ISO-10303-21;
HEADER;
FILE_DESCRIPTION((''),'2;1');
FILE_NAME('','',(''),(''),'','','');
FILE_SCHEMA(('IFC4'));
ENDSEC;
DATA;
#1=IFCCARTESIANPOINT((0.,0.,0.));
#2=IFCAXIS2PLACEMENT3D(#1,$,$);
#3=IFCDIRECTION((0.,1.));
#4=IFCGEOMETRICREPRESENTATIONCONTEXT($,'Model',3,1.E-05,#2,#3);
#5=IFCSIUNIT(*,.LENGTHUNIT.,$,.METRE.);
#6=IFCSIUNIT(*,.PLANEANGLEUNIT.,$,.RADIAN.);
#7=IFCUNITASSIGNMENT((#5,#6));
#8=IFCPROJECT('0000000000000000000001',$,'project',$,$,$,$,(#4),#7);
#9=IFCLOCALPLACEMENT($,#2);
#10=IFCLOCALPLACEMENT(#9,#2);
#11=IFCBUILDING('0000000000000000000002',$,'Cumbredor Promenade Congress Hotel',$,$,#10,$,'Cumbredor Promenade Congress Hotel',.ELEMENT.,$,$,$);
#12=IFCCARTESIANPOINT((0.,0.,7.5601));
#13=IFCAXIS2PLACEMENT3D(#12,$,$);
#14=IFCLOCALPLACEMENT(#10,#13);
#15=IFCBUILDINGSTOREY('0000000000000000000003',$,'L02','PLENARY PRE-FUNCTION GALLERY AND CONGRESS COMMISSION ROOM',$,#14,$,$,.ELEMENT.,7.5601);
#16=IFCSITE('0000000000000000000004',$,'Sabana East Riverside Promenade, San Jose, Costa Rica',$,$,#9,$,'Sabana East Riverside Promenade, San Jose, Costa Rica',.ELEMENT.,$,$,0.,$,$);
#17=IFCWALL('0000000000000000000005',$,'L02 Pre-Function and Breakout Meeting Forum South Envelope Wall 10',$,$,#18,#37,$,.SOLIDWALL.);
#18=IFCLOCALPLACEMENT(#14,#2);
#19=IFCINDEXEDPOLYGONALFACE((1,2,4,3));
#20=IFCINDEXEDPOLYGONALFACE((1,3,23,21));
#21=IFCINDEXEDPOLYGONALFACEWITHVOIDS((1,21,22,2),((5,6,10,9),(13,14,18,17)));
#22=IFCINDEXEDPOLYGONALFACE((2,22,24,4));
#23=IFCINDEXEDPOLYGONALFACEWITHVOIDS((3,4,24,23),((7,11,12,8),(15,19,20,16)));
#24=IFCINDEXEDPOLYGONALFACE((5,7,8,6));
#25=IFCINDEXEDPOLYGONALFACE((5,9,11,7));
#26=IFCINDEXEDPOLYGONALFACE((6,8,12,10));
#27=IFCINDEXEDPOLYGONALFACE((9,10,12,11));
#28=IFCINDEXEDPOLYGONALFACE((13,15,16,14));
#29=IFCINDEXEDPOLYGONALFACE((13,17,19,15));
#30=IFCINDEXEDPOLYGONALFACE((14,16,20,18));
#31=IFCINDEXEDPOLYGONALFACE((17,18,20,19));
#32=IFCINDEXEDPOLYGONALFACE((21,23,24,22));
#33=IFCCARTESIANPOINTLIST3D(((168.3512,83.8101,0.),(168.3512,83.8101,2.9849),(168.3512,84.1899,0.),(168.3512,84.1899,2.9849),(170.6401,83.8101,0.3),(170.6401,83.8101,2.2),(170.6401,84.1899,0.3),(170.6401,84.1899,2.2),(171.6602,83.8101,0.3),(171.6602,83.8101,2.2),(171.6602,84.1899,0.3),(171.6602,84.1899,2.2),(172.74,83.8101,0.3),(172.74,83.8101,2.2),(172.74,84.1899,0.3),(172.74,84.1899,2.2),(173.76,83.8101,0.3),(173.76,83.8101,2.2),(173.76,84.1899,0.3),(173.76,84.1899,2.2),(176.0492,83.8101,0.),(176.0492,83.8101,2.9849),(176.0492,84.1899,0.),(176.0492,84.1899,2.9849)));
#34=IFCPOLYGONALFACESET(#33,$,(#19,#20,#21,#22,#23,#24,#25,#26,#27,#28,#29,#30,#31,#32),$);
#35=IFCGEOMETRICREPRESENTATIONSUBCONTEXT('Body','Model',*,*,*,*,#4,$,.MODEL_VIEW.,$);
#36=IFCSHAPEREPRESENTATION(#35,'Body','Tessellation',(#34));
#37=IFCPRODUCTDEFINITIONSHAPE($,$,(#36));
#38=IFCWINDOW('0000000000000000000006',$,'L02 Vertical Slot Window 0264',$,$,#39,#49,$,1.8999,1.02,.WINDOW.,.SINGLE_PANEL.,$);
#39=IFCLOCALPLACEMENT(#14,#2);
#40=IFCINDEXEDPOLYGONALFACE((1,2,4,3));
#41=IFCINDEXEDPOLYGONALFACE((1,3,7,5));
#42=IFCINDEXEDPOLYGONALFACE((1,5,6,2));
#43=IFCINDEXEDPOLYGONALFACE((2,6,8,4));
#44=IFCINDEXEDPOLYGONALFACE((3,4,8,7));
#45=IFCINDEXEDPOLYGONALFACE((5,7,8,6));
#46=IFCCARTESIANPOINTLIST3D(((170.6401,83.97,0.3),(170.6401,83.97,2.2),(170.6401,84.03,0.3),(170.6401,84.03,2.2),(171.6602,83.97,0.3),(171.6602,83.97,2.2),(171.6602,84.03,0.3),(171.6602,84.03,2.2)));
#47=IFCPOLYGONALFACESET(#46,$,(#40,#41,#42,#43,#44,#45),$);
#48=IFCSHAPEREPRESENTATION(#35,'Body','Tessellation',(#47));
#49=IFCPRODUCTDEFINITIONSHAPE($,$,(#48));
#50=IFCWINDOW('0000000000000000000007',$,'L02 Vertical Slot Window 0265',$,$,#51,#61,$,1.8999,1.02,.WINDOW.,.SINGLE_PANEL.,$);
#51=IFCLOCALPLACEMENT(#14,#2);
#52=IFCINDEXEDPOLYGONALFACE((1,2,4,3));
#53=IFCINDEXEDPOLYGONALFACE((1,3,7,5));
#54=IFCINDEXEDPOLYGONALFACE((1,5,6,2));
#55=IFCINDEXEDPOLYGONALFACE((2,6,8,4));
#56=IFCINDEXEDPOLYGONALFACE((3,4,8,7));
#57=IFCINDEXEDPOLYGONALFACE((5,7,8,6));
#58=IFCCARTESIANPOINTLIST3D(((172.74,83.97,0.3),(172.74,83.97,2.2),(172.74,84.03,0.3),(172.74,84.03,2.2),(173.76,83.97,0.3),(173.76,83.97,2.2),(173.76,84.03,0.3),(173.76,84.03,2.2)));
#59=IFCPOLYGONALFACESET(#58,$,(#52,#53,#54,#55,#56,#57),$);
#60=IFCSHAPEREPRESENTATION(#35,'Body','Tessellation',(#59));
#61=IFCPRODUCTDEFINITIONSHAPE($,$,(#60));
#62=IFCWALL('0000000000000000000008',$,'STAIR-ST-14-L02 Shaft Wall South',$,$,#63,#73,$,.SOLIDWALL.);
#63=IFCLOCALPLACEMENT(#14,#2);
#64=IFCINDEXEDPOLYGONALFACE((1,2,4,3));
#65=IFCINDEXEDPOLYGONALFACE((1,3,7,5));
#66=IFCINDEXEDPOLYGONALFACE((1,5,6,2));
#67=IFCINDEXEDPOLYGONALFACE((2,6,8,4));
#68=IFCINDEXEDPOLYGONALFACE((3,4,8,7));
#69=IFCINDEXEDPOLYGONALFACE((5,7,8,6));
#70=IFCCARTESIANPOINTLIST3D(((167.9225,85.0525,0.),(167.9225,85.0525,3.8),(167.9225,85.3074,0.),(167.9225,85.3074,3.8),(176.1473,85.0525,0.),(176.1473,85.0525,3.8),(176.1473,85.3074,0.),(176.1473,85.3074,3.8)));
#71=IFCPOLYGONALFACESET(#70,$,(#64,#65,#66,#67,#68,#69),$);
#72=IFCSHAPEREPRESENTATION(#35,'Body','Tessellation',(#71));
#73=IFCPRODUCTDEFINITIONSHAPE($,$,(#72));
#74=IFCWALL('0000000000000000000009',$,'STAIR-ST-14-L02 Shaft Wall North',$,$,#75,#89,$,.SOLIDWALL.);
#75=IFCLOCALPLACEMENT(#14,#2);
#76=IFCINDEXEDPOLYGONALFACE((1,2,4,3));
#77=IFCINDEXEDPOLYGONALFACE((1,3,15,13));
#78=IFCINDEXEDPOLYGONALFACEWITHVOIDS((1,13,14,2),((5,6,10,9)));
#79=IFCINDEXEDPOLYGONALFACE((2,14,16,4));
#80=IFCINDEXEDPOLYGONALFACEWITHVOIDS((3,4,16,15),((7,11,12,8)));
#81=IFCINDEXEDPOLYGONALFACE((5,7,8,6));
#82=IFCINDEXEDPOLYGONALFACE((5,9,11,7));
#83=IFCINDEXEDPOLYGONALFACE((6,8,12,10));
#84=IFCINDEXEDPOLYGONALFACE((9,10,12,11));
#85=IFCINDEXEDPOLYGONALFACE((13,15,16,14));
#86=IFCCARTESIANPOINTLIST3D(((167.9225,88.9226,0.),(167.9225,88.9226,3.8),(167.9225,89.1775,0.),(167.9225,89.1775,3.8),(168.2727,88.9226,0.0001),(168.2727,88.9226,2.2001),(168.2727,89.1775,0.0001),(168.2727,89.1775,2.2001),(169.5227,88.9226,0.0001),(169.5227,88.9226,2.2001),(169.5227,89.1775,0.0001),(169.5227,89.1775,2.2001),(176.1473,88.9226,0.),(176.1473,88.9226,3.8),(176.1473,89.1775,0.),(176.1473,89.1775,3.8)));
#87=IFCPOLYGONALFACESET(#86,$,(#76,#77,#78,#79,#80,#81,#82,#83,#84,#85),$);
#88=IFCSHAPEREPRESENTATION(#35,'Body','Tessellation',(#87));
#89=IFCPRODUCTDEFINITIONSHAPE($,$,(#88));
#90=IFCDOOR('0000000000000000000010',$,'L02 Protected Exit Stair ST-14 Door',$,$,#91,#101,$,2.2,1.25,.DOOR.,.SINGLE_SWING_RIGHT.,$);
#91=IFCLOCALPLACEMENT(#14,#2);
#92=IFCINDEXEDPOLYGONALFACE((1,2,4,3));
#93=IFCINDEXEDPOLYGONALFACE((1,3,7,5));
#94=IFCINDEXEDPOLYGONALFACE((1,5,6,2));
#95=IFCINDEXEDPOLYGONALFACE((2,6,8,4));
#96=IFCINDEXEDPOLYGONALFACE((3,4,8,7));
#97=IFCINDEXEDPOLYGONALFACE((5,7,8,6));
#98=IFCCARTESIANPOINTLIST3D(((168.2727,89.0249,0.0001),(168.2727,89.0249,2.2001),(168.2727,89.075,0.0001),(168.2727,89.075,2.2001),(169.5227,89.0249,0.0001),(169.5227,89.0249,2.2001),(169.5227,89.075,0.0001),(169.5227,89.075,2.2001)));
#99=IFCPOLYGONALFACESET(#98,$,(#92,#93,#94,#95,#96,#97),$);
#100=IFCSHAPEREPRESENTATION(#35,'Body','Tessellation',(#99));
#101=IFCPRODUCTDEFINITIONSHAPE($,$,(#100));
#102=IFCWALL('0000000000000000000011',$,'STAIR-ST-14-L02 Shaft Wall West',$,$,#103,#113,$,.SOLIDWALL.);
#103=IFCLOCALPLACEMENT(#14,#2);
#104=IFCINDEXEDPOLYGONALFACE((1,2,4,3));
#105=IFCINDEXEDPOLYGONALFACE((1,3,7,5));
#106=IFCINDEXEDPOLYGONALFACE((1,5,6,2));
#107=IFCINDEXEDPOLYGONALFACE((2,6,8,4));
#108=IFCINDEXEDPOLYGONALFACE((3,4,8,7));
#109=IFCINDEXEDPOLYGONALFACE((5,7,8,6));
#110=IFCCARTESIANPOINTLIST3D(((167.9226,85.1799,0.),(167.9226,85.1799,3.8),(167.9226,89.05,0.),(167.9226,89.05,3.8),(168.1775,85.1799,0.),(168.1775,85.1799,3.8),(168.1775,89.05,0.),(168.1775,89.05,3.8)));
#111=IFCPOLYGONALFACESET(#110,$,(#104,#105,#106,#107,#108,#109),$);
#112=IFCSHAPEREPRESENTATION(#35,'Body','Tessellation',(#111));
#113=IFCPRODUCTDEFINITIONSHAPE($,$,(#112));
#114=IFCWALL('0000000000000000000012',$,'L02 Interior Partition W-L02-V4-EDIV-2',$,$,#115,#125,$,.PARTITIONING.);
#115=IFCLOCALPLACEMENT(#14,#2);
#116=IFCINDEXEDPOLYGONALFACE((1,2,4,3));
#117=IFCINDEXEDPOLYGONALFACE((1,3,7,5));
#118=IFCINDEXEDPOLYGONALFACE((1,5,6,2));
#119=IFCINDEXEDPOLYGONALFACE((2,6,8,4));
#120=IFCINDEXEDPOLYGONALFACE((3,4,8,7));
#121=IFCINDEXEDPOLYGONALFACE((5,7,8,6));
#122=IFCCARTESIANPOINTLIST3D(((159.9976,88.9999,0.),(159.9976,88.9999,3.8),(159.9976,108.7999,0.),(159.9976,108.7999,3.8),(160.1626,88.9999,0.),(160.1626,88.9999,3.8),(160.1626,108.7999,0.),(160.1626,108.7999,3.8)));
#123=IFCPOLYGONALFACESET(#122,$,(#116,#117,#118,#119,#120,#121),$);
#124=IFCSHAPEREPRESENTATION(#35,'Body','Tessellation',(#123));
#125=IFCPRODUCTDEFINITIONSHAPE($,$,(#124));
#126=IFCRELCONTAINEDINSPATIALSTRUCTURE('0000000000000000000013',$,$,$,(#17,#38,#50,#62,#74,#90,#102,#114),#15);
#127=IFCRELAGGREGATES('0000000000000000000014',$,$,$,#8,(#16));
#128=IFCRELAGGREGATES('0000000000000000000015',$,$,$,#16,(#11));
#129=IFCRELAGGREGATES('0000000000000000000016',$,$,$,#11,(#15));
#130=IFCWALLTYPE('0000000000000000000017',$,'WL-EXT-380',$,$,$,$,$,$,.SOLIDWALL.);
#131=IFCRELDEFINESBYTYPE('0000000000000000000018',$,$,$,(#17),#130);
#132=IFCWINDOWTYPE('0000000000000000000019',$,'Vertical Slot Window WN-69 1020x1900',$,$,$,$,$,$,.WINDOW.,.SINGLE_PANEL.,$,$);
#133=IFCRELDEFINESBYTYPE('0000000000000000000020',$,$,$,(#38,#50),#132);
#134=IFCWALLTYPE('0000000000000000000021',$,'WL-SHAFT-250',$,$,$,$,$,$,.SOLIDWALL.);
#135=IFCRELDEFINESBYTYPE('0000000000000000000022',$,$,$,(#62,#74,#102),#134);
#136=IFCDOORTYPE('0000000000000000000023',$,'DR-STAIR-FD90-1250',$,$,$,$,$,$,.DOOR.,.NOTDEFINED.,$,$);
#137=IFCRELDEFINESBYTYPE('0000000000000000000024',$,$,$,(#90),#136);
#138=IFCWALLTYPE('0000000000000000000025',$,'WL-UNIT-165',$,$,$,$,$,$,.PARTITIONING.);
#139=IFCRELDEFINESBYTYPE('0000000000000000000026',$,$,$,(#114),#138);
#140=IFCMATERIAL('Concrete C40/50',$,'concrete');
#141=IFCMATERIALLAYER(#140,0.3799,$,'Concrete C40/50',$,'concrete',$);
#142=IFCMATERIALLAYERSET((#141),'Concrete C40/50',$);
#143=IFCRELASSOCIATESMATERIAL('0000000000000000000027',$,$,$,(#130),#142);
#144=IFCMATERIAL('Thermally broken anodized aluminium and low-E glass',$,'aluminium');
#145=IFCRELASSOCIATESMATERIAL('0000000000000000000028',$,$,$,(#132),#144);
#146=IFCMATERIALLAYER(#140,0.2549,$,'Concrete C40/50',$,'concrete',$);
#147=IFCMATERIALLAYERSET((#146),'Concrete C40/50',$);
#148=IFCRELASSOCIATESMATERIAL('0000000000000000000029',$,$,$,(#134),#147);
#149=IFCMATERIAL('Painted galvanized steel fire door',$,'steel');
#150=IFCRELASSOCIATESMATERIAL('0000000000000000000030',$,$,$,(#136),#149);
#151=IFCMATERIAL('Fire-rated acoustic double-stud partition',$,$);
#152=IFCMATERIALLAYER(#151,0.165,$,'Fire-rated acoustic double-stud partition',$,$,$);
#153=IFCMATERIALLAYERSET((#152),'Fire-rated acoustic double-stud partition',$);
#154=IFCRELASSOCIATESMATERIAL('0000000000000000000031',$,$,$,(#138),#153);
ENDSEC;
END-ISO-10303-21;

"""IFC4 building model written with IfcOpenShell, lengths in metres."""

from ifc_helpers import new_model, si_unit, direction, frame, frame_2d, origin, place, context, subcontext, project, spatial, rectangle, extrude, material, layer, layer_set, type_object, element, fill, save


model = new_model("IFC4")

# Units and contexts
model_context = context("Model", 3, precision=1e-05, world=origin(), true_north=direction((0.0, 1.0)))
body_context = subcontext(model_context, "Body", "Model", "MODEL_VIEW")
ifc_project = project(units=[si_unit("LENGTHUNIT", "METRE"), si_unit("PLANEANGLEUNIT", "RADIAN")], contexts=[model_context])

# Site, building, storey
site_placement = place(None, origin())
site = spatial("IfcSite", under=ifc_project, at=site_placement, Name="Sabana East Riverside Promenade, San Jose, Costa Rica", LongName="Sabana East Riverside Promenade, San Jose, Costa Rica", CompositionType="ELEMENT", RefElevation=0.0)
building_placement = place(site_placement, origin())
building = spatial("IfcBuilding", under=site, at=building_placement, Name="Cumbredor Promenade Congress Hotel", LongName="Cumbredor Promenade Congress Hotel", CompositionType="ELEMENT")
storey_placement = place(building_placement, frame((0.0, 0.0, 7.5601)))
storey = spatial("IfcBuildingStorey", under=building, at=storey_placement, Name="L02", Description="PLENARY PRE-FUNCTION GALLERY AND CONGRESS COMMISSION ROOM", CompositionType="ELEMENT", Elevation=7.5601)

# Shared definitions
ifc_material_1 = material(Name="Concrete C40/50", Category="concrete")

# Wall, openings, windows
ifc_material_2 = material(Name="Thermally broken anodized aluminium and low-E glass", Category="aluminium")
ifc_layer_1 = layer(ifc_material_1, 0.3799, Name="Concrete C40/50", Category="concrete")
ifc_layer_set_1 = layer_set([ifc_layer_1], Name="Concrete C40/50")
wall_type_1 = type_object("IfcWallType", Name="WL-EXT-380", PredefinedType="SOLIDWALL", material=ifc_layer_set_1)
wall_1_placement = place(storey_placement, frame((168.3511, 84.0, 0.0), z_axis=(0.0, 0.0, 1.0), x_axis=(1.0, 0.0, 0.0)))
wall_1 = element("IfcWall", 1, at=wall_1_placement, inside=storey, type_object=wall_type_1, Name="L02 Pre-Function and Breakout Meeting Forum South Envelope Wall 10", PredefinedType="SOLIDWALL", context=body_context, shape_type="SweptSolid", body=[
    extrude(rectangle(XDim=7.698, YDim=0.3799, at=frame_2d((3.8491, 0.0))), origin(), (0.0, 0.0, 1.0), 2.9849),
])
opening_1_placement = place(wall_1_placement, frame((2.2891, 0.0, 0.3)))
opening_1 = element("IfcOpeningElement", 2, at=opening_1_placement, cuts=wall_1, PredefinedType="OPENING", context=body_context, shape_type="SweptSolid", body=[
    extrude(rectangle(XDim=1.02, YDim=1.8999, at=frame_2d((0.51, 0.95))), frame((0.0, 0.2, 0.0), z_axis=(0.0, -1.0, 0.0), x_axis=(1.0, 0.0, 0.0)), (0.0, 0.0, 1.0), 0.3999),
])
opening_2_placement = place(wall_1_placement, frame((4.3889, 0.0, 0.3)))
opening_2 = element("IfcOpeningElement", 3, at=opening_2_placement, cuts=wall_1, PredefinedType="OPENING", context=body_context, shape_type="SweptSolid", body=[
    extrude(rectangle(XDim=1.02, YDim=1.8999, at=frame_2d((0.51, 0.95))), frame((0.0, 0.2, 0.0), z_axis=(0.0, -1.0, 0.0), x_axis=(1.0, 0.0, 0.0)), (0.0, 0.0, 1.0), 0.3999),
])
window_type_1 = type_object("IfcWindowType", Name="Vertical Slot Window WN-69 1020x1900", PartitioningType="SINGLE_PANEL", PredefinedType="WINDOW", material=ifc_material_2)
window_1_placement = place(opening_1_placement, origin())
window_1 = element("IfcWindow", 4, at=window_1_placement, inside=storey, type_object=window_type_1, Name="L02 Vertical Slot Window 0264", OverallHeight=1.8999, OverallWidth=1.02, PartitioningType="SINGLE_PANEL", PredefinedType="WINDOW", context=body_context, shape_type="SweptSolid", body=[
    extrude(rectangle(XDim=1.02, YDim=1.8999, at=frame_2d((0.51, 0.95))), frame((0.0, 0.03, 0.0), z_axis=(0.0, -1.0, 0.0), x_axis=(1.0, 0.0, 0.0)), (0.0, 0.0, 1.0), 0.0601),
])
fill(opening_1, window_1)
window_2_placement = place(opening_2_placement, origin())
window_2 = element("IfcWindow", 5, at=window_2_placement, inside=storey, type_object=window_type_1, Name="L02 Vertical Slot Window 0265", OverallHeight=1.8999, OverallWidth=1.02, PartitioningType="SINGLE_PANEL", PredefinedType="WINDOW", context=body_context, shape_type="SweptSolid", body=[
    extrude(rectangle(XDim=1.02, YDim=1.8999, at=frame_2d((0.51, 0.95))), frame((0.0, 0.03, 0.0), z_axis=(0.0, -1.0, 0.0), x_axis=(1.0, 0.0, 0.0)), (0.0, 0.0, 1.0), 0.0601),
])
fill(opening_2, window_2)

# Wall
ifc_layer_2 = layer(ifc_material_1, 0.2549, Name="Concrete C40/50", Category="concrete")
ifc_layer_set_2 = layer_set([ifc_layer_2], Name="Concrete C40/50")
wall_type_2 = type_object("IfcWallType", Name="WL-SHAFT-250", PredefinedType="SOLIDWALL", material=ifc_layer_set_2)
wall_2_placement = place(storey_placement, frame((167.9226, 85.1799, 0.0), z_axis=(0.0, 0.0, 1.0), x_axis=(1.0, 0.0, 0.0)))
element("IfcWall", 6, at=wall_2_placement, inside=storey, type_object=wall_type_2, Name="STAIR-ST-14-L02 Shaft Wall South", PredefinedType="SOLIDWALL", context=body_context, shape_type="SweptSolid", body=[
    extrude(rectangle(XDim=8.2249, YDim=0.2549, at=frame_2d((4.1123, 0.0))), origin(), (0.0, 0.0, 1.0), 3.8),
])

# Wall, opening, door
wall_3_placement = place(storey_placement, frame((167.9226, 89.05, 0.0), z_axis=(0.0, 0.0, 1.0), x_axis=(1.0, 0.0, 0.0)))
wall_3 = element("IfcWall", 7, at=wall_3_placement, inside=storey, type_object=wall_type_2, Name="STAIR-ST-14-L02 Shaft Wall North", PredefinedType="SOLIDWALL", context=body_context, shape_type="SweptSolid", body=[
    extrude(rectangle(XDim=8.2249, YDim=0.2549, at=frame_2d((4.1123, 0.0))), origin(), (0.0, 0.0, 1.0), 3.8),
])
opening_3_placement = place(wall_3_placement, frame((0.3501, 0.0, 0.0)))
opening_3 = element("IfcOpeningElement", 8, at=opening_3_placement, cuts=wall_3, PredefinedType="OPENING", context=body_context, shape_type="SweptSolid", body=[
    extrude(rectangle(XDim=1.25, YDim=2.2, at=frame_2d((0.625, 1.1001))), frame((0.0, 0.1375, 0.0), z_axis=(0.0, -1.0, 0.0), x_axis=(1.0, 0.0, 0.0)), (0.0, 0.0, 1.0), 0.2749),
])
ifc_material_3 = material(Name="Painted galvanized steel fire door", Category="steel")
door_type_1 = type_object("IfcDoorType", Name="DR-STAIR-FD90-1250", OperationType="NOTDEFINED", PredefinedType="DOOR", material=ifc_material_3)
door_1_placement = place(opening_3_placement, origin())
door_1 = element("IfcDoor", 9, at=door_1_placement, inside=storey, type_object=door_type_1, Name="L02 Protected Exit Stair ST-14 Door", OperationType="SINGLE_SWING_RIGHT", OverallHeight=2.2, OverallWidth=1.25, PredefinedType="DOOR", context=body_context, shape_type="SweptSolid", body=[
    extrude(rectangle(XDim=1.25, YDim=2.2, at=frame_2d((0.625, 1.1001))), frame((0.0, 0.0249, 0.0), z_axis=(0.0, -1.0, 0.0), x_axis=(1.0, 0.0, 0.0)), (0.0, 0.0, 1.0), 0.05),
])
fill(opening_3, door_1)

# Walls
wall_4_placement = place(storey_placement, frame((168.05, 85.1799, 0.0), z_axis=(0.0, 0.0, 1.0), x_axis=(0.0, 1.0, 0.0)))
element("IfcWall", 10, at=wall_4_placement, inside=storey, type_object=wall_type_2, Name="STAIR-ST-14-L02 Shaft Wall West", PredefinedType="SOLIDWALL", context=body_context, shape_type="SweptSolid", body=[
    extrude(rectangle(XDim=3.8701, YDim=0.2549, at=frame_2d((1.9351, 0.0))), origin(), (0.0, 0.0, 1.0), 3.8),
])
ifc_material_4 = material(Name="Fire-rated acoustic double-stud partition")
ifc_layer_3 = layer(ifc_material_4, 0.165, Name="Fire-rated acoustic double-stud partition")
ifc_layer_set_3 = layer_set([ifc_layer_3], Name="Fire-rated acoustic double-stud partition")
wall_type_3 = type_object("IfcWallType", Name="WL-UNIT-165", PredefinedType="PARTITIONING", material=ifc_layer_set_3)
wall_5_placement = place(storey_placement, frame((160.0801, 89.0, 0.0), z_axis=(0.0, 0.0, 1.0), x_axis=(0.0, 1.0, 0.0)))
element("IfcWall", 11, at=wall_5_placement, inside=storey, type_object=wall_type_3, Name="L02 Interior Partition W-L02-V4-EDIV-2", PredefinedType="PARTITIONING", context=body_context, shape_type="SweptSolid", body=[
    extrude(rectangle(XDim=19.8, YDim=0.165, at=frame_2d((9.8999, 0.0))), origin(), (0.0, 0.0, 1.0), 3.8),
])

save(model, "model.ifc")
